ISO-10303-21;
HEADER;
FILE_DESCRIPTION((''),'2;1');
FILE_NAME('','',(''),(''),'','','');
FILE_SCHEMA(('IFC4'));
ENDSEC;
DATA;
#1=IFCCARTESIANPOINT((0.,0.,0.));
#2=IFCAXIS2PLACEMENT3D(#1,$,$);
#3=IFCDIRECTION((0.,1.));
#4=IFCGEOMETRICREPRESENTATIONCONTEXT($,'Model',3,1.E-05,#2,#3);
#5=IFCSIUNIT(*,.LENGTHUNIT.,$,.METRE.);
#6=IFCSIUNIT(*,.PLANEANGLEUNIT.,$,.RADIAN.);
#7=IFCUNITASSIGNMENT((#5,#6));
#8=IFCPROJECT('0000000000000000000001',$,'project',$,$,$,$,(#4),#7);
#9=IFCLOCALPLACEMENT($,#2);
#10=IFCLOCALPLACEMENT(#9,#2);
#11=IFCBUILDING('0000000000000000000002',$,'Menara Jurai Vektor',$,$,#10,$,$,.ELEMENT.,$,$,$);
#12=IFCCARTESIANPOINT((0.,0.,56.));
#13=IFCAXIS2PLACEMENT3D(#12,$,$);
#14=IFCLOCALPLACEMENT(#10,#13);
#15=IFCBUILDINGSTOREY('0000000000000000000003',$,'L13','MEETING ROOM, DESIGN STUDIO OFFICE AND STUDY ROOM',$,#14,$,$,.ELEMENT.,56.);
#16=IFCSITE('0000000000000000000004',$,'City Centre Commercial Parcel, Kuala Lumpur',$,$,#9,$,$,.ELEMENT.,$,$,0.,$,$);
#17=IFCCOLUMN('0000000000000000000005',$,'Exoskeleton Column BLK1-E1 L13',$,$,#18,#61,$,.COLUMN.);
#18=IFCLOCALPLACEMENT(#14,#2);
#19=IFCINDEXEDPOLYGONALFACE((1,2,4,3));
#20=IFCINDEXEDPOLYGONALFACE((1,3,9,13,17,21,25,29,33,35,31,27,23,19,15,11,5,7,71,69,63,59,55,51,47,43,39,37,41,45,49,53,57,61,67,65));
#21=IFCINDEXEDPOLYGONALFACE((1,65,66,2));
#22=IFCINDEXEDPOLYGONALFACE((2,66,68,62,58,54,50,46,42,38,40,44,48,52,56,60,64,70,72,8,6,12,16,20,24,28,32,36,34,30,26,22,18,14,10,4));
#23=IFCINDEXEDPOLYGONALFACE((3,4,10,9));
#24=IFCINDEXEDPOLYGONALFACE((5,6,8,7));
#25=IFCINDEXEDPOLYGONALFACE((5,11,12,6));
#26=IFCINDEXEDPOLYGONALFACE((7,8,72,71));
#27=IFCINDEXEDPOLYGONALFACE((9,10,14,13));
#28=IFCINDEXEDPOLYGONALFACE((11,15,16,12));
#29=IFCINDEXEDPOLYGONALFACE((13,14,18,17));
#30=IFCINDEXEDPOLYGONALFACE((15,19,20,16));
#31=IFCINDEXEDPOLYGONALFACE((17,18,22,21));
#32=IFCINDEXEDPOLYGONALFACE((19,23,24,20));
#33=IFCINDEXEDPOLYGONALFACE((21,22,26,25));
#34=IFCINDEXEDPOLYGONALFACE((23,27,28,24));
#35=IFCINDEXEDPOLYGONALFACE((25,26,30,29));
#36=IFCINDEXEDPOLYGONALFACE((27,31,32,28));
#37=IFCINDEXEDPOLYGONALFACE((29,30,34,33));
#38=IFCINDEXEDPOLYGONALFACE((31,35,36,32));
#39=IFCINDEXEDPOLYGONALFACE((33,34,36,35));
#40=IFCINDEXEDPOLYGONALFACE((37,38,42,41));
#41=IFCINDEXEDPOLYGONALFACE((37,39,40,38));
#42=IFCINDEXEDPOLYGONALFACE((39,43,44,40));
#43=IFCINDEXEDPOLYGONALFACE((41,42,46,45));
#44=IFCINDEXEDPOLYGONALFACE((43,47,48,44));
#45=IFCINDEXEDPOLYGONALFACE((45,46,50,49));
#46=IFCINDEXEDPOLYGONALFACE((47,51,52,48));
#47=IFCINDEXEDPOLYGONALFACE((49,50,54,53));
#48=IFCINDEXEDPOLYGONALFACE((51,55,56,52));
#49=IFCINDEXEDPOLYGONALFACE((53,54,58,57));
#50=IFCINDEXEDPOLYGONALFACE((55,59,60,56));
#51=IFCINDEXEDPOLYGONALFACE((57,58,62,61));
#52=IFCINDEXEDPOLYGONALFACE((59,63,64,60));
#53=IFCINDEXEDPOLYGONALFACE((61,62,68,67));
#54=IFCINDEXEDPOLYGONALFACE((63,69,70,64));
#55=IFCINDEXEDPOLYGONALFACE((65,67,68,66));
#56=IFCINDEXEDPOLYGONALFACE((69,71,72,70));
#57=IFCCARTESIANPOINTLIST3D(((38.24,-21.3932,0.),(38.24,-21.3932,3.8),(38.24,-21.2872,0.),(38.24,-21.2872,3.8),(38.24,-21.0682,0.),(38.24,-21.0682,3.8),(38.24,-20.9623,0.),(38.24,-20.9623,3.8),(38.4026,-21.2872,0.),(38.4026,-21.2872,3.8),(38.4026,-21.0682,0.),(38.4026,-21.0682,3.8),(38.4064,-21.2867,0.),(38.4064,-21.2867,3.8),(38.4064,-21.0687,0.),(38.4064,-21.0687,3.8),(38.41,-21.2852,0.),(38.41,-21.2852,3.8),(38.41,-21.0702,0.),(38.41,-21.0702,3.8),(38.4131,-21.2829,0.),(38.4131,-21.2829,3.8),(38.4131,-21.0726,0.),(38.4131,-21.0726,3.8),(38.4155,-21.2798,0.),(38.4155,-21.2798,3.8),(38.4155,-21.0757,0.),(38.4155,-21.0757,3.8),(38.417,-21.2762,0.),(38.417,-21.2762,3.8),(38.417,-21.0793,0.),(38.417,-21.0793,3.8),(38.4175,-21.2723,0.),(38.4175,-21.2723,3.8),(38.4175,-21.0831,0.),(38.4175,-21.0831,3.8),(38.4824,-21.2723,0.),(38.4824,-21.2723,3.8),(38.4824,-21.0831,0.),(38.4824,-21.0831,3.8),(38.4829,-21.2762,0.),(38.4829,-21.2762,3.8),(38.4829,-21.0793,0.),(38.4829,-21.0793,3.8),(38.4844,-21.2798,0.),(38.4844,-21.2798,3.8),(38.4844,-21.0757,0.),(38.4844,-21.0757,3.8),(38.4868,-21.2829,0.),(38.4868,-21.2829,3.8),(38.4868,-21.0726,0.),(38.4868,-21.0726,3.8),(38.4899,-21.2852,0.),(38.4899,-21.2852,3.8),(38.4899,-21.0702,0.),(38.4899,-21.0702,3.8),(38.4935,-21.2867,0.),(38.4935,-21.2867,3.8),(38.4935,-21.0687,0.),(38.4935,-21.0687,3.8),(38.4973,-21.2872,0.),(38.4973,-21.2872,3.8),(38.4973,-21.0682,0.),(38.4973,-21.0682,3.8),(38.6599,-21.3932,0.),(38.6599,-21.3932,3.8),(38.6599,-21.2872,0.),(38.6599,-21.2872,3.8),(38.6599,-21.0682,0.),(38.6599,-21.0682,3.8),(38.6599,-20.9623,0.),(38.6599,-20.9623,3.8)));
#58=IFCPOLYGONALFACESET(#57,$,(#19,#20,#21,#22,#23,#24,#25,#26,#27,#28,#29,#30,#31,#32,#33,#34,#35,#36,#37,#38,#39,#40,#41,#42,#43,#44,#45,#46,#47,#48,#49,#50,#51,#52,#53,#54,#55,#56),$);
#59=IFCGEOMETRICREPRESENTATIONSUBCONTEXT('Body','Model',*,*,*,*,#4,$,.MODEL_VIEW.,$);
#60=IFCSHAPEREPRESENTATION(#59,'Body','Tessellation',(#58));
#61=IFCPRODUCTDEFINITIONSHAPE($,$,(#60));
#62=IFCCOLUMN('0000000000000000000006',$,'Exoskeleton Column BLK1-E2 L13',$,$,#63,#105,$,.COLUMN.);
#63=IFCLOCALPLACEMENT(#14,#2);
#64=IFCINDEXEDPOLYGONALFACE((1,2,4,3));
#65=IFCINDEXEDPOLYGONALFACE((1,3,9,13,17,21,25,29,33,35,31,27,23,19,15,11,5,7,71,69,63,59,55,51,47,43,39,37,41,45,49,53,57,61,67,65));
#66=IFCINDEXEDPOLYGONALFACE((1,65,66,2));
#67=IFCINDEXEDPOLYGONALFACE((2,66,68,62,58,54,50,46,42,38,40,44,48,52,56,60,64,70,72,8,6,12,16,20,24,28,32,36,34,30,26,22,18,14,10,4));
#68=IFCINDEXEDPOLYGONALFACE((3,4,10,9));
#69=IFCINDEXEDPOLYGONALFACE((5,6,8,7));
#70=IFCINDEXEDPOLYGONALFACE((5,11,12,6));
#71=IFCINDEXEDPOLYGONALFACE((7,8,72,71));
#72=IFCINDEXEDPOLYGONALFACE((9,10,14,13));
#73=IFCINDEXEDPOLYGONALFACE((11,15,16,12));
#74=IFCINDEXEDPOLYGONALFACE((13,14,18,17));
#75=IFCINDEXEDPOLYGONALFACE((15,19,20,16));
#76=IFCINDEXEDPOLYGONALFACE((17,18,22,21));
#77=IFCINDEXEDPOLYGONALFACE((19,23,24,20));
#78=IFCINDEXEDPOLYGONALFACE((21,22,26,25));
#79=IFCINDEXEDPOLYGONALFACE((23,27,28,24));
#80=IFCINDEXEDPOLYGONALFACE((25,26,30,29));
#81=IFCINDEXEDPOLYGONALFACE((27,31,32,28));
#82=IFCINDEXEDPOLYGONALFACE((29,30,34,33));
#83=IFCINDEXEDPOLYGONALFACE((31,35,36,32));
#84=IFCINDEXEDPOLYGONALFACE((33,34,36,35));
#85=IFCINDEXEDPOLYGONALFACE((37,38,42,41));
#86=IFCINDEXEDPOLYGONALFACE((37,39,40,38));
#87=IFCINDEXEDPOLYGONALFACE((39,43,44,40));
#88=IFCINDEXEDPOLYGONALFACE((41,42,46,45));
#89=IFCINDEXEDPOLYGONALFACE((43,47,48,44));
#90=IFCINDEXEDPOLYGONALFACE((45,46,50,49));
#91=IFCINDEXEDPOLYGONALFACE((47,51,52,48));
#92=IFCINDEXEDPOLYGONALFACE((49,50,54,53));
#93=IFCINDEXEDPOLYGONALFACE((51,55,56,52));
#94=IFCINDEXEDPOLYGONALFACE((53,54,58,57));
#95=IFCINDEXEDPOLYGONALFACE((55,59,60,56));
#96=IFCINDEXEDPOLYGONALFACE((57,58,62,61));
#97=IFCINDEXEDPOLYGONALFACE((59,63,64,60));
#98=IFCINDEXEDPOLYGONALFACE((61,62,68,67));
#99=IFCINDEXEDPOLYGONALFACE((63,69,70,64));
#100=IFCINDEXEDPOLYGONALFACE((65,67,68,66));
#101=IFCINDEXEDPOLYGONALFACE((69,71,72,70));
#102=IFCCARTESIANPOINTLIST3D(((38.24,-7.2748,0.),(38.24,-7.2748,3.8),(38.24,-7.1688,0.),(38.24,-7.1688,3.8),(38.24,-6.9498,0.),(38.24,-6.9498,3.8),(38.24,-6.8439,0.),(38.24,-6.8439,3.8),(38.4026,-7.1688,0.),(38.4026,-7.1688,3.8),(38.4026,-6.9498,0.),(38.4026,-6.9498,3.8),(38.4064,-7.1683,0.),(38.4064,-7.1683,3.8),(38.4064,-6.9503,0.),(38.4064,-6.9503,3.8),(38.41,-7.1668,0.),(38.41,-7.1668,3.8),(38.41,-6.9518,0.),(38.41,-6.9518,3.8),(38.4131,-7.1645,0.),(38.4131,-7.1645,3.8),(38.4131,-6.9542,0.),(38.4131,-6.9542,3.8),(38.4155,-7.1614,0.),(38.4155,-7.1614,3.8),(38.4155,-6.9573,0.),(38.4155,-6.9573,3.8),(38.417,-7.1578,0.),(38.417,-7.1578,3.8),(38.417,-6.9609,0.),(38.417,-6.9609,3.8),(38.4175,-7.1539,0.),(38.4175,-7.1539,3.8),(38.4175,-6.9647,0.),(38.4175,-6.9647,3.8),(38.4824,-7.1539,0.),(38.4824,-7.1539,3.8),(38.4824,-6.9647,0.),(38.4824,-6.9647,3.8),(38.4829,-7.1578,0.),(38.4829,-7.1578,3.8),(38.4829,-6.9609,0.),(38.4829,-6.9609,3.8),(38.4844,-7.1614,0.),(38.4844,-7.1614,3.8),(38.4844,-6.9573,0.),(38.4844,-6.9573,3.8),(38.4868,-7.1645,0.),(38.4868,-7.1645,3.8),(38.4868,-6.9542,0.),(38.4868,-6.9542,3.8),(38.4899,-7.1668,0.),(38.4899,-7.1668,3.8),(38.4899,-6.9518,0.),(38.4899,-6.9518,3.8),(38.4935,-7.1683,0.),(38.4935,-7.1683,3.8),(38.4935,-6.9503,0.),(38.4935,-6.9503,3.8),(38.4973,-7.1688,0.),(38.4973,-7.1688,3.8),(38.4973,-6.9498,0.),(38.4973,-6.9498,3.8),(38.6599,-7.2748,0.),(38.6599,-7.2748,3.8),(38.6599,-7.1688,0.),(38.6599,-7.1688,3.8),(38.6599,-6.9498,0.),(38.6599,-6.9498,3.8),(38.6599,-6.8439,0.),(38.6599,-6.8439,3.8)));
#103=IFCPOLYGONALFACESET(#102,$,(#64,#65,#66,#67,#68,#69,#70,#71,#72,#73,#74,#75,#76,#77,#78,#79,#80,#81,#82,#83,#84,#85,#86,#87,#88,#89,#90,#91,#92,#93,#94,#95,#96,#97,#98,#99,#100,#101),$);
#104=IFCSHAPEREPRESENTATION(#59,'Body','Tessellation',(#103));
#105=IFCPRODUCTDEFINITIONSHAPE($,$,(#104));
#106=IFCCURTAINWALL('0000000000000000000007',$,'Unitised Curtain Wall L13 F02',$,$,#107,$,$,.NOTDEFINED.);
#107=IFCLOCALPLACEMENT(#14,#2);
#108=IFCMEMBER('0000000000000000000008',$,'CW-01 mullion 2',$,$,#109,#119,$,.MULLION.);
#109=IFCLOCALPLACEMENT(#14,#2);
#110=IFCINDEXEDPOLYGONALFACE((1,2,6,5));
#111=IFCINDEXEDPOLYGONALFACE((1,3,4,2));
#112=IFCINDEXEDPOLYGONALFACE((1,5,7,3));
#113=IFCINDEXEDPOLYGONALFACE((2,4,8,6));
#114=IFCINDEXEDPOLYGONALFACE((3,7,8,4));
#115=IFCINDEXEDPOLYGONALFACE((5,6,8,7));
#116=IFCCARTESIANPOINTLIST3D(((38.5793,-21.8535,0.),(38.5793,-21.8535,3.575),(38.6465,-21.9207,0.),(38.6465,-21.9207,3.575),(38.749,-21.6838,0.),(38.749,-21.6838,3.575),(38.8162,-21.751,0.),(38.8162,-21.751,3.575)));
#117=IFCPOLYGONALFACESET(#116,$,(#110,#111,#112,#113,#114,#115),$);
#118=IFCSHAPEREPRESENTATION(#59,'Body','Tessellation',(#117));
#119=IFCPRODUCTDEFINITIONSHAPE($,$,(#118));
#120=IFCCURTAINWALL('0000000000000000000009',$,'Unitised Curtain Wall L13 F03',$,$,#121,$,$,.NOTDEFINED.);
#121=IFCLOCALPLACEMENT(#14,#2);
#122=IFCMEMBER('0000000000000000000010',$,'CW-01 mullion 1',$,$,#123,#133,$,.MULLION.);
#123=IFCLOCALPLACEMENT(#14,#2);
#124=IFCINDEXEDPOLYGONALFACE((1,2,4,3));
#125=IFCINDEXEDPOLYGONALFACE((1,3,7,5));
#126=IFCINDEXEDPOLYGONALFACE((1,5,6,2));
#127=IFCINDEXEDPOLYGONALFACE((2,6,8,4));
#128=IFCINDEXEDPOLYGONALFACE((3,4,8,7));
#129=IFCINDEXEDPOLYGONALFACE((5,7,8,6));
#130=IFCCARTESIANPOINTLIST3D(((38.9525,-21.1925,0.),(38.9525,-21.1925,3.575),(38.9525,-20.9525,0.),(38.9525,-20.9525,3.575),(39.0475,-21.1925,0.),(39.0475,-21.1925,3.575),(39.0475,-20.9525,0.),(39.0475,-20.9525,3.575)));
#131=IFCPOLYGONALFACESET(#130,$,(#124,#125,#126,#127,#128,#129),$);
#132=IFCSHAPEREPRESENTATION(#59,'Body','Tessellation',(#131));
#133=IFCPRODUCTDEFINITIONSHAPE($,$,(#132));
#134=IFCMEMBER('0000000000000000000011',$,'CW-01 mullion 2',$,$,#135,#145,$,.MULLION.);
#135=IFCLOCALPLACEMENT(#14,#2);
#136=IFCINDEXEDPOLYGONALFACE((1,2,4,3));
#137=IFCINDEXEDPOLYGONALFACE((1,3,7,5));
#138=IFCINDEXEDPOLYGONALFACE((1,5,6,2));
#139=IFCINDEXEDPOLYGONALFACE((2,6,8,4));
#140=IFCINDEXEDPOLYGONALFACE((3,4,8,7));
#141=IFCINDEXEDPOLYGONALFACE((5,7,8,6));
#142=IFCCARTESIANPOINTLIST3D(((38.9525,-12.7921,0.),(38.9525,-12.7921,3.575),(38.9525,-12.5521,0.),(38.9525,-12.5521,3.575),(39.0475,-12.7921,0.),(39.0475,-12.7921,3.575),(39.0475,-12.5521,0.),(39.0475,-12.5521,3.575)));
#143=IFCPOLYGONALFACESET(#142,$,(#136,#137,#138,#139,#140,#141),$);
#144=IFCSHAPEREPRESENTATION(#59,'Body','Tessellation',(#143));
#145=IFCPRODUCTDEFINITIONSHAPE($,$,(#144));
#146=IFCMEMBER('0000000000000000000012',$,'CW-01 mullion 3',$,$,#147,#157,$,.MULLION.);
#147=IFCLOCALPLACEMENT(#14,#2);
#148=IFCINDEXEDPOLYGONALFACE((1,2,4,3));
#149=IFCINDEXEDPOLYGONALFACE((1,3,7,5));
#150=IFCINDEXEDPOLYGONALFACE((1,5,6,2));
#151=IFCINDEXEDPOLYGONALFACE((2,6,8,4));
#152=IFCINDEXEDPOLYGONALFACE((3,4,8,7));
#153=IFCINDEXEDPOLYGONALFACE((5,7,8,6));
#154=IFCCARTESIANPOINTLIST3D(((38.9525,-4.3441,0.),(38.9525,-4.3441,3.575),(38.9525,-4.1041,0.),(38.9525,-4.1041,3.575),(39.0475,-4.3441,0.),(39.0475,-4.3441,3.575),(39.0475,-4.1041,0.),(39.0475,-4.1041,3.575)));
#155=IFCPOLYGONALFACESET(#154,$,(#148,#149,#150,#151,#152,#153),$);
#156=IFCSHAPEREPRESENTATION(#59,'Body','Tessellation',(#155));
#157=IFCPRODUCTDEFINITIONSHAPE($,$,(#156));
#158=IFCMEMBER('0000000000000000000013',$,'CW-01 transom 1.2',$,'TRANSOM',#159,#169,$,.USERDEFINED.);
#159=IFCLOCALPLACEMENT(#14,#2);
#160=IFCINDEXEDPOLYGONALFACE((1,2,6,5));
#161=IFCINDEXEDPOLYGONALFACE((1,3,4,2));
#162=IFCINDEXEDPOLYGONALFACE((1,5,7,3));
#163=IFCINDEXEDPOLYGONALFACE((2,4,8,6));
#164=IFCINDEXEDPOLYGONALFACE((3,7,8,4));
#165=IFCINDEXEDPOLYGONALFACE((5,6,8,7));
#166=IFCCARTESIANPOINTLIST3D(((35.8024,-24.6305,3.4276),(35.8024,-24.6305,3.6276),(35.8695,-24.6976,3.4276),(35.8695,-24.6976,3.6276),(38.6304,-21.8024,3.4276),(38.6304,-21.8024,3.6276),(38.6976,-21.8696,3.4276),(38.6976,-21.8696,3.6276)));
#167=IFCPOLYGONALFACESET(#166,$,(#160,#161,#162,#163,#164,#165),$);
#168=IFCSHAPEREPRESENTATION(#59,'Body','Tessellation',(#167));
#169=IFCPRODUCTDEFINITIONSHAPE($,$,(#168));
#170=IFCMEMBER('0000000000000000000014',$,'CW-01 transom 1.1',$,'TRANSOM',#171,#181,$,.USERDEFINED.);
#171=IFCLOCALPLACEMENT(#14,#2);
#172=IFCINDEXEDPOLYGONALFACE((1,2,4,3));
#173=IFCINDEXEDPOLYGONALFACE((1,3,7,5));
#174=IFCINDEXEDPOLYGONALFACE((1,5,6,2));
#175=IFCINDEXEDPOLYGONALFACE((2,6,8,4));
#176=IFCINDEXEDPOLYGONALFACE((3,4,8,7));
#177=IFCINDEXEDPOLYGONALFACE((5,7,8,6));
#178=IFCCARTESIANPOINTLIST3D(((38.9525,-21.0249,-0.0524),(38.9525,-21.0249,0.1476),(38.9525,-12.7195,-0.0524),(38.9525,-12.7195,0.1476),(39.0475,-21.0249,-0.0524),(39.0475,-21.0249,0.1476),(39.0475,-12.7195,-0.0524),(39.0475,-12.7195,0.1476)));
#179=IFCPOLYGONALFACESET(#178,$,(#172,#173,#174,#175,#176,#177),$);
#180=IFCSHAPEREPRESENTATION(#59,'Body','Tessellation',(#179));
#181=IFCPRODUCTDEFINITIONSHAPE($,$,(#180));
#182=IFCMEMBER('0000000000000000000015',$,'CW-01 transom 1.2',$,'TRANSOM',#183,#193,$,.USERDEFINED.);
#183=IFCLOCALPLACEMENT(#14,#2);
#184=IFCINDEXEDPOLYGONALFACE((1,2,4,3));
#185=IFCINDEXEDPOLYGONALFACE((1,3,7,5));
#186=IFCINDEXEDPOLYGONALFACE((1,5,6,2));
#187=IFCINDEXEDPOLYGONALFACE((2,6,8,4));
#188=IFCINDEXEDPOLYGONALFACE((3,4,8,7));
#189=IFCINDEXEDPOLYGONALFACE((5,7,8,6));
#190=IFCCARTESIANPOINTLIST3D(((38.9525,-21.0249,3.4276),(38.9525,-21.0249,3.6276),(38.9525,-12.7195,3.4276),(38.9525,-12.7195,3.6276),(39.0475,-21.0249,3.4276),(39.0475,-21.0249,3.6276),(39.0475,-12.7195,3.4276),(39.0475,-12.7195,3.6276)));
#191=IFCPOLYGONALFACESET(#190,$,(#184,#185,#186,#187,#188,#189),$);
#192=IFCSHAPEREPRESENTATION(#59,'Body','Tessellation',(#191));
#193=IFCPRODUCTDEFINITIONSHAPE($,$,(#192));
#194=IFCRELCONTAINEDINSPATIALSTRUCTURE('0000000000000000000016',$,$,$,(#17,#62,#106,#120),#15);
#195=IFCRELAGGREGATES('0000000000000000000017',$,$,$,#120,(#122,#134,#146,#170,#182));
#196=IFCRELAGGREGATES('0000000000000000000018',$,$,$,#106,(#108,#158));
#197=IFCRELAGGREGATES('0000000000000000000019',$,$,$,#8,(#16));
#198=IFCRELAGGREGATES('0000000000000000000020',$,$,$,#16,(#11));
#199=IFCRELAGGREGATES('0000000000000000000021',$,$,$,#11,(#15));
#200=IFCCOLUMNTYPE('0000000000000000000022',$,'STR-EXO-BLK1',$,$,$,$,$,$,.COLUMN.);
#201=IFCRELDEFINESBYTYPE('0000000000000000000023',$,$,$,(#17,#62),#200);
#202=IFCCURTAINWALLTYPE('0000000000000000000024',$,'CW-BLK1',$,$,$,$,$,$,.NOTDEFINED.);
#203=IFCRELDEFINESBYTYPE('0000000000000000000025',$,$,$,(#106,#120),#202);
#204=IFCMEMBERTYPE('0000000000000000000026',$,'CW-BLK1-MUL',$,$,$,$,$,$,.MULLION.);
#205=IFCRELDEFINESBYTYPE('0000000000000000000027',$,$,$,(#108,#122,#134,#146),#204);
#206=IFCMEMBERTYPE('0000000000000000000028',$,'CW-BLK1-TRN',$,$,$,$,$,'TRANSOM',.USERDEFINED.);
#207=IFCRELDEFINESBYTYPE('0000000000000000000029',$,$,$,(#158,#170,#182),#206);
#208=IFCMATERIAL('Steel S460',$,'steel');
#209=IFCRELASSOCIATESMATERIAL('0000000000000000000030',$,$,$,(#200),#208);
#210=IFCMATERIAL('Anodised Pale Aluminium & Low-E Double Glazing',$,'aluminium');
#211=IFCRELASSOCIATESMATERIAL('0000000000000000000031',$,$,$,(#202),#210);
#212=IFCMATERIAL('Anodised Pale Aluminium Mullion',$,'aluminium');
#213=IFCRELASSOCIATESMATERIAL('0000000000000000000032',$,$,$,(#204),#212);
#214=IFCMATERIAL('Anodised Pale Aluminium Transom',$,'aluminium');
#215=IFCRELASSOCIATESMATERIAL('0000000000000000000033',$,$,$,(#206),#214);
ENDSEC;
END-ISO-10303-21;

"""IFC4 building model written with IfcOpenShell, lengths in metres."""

from ifc_helpers import new_model, si_unit, direction, frame, origin, origin_2d, place, context, subcontext, project, spatial, rectangle, i_section, extrude, material, material_profile, profile_set, type_object, element, aggregate, save


model = new_model("IFC4")

# Units and contexts
model_context = context("Model", 3, precision=1e-05, world=origin(), true_north=direction((0.0, 1.0)))
body_context = subcontext(model_context, "Body", "Model", "MODEL_VIEW")
ifc_project = project(units=[si_unit("LENGTHUNIT", "METRE"), si_unit("PLANEANGLEUNIT", "RADIAN")], contexts=[model_context])

# Site, building, storey
site_placement = place(None, origin())
site = spatial("IfcSite", under=ifc_project, at=site_placement, Name="City Centre Commercial Parcel, Kuala Lumpur", CompositionType="ELEMENT", RefElevation=0.0)
building_placement = place(site_placement, origin())
building = spatial("IfcBuilding", under=site, at=building_placement, Name="Menara Jurai Vektor", CompositionType="ELEMENT")
storey_placement = place(building_placement, frame((0.0, 0.0, 56.0)))
storey = spatial("IfcBuildingStorey", under=building, at=storey_placement, Name="L13", Description="MEETING ROOM, DESIGN STUDIO OFFICE AND STUDY ROOM", CompositionType="ELEMENT", Elevation=56.0)

# Columns
ifc_material_1 = material(Name="Steel S460", Category="steel")
ifc_material_profile_1 = material_profile(ifc_material_1, i_section(OverallWidth=0.4199, OverallDepth=0.4309, WebThickness=0.0649, FlangeThickness=0.106, FilletRadius=0.0149, at=origin_2d()), Name="HD 400x900")
ifc_profile_set_1 = profile_set([ifc_material_profile_1], Name="Steel S460")
column_type = type_object("IfcColumnType", Name="STR-EXO-BLK1", PredefinedType="COLUMN", material=ifc_profile_set_1)
for number, where, z_axis, x_axis, name in (
    (1, (38.45, -21.1777, 0.0), (0.0, 0.0, 1.0), (1.0, 0.0, 0.0), "Exoskeleton Column BLK1-E1 L13"),
    (2, (38.45, -7.0593, 0.0), (0.0, 0.0, 1.0), (1.0, 0.0, 0.0), "Exoskeleton Column BLK1-E2 L13"),
):
    element("IfcColumn", number, at=place(storey_placement, frame(where, z_axis=z_axis, x_axis=x_axis)), inside=storey, type_object=column_type, Name=name, PredefinedType="COLUMN", context=body_context, shape_type="SweptSolid", body=[
        extrude(i_section(OverallWidth=0.4199, OverallDepth=0.4309, WebThickness=0.0649, FlangeThickness=0.106, FilletRadius=0.0149, at=origin_2d()), origin(), (0.0, 0.0, 1.0), 3.8),
    ])

# Curtain wall, member
ifc_material_2 = material(Name="Anodised Pale Aluminium & Low-E Double Glazing", Category="aluminium")
curtain_wall_type = type_object("IfcCurtainWallType", Name="CW-BLK1", PredefinedType="NOTDEFINED", material=ifc_material_2)
curtain_wall_1_placement = place(storey_placement, origin())
curtain_wall_1 = element("IfcCurtainWall", 3, at=curtain_wall_1_placement, inside=storey, type_object=curtain_wall_type, Name="Unitised Curtain Wall L13 F02", PredefinedType="NOTDEFINED")
ifc_material_3 = material(Name="Anodised Pale Aluminium Mullion", Category="aluminium")
ifc_material_profile_2 = material_profile(ifc_material_3, rectangle(XDim=0.095, YDim=0.24, at=origin_2d()), Name="ALU MUL 95x240")
ifc_profile_set_2 = profile_set([ifc_material_profile_2], Name="Anodised Pale Aluminium Mullion")
member_type_1 = type_object("IfcMemberType", Name="CW-BLK1-MUL", PredefinedType="MULLION", material=ifc_profile_set_2)
member_1_placement = place(storey_placement, frame((38.6978, -21.8022, 0.0), z_axis=(0.0, 0.0, 1.0), x_axis=(-0.707107, 0.707107, 0.0)))
member_1 = element("IfcMember", 4, at=member_1_placement, type_object=member_type_1, Name="CW-01 mullion 2", PredefinedType="MULLION", context=body_context, shape_type="SweptSolid", body=[
    extrude(rectangle(XDim=0.095, YDim=0.24, at=origin_2d()), origin(), (0.0, 0.0, 1.0), 3.575),
])

# Curtain wall, members
curtain_wall_2_placement = place(storey_placement, origin())
curtain_wall_2 = element("IfcCurtainWall", 5, at=curtain_wall_2_placement, inside=storey, type_object=curtain_wall_type, Name="Unitised Curtain Wall L13 F03", PredefinedType="NOTDEFINED")
member_2_placement = place(storey_placement, frame((39.0, -21.0725, 0.0), z_axis=(0.0, 0.0, 1.0), x_axis=(-1.0, 0.0, 0.0)))
member_2 = element("IfcMember", 6, at=member_2_placement, type_object=member_type_1, Name="CW-01 mullion 1", PredefinedType="MULLION", context=body_context, shape_type="SweptSolid", body=[
    extrude(rectangle(XDim=0.095, YDim=0.24, at=origin_2d()), origin(), (0.0, 0.0, 1.0), 3.575),
])
member_3_placement = place(storey_placement, frame((39.0, -12.6721, 0.0), z_axis=(0.0, 0.0, 1.0), x_axis=(-1.0, 0.0, 0.0)))
member_3 = element("IfcMember", 7, at=member_3_placement, type_object=member_type_1, Name="CW-01 mullion 2", PredefinedType="MULLION", context=body_context, shape_type="SweptSolid", body=[
    extrude(rectangle(XDim=0.095, YDim=0.24, at=origin_2d()), origin(), (0.0, 0.0, 1.0), 3.575),
])
member_4_placement = place(storey_placement, frame((39.0, -4.2241, 0.0), z_axis=(0.0, 0.0, 1.0), x_axis=(-1.0, 0.0, 0.0)))
member_4 = element("IfcMember", 8, at=member_4_placement, type_object=member_type_1, Name="CW-01 mullion 3", PredefinedType="MULLION", context=body_context, shape_type="SweptSolid", body=[
    extrude(rectangle(XDim=0.095, YDim=0.24, at=origin_2d()), origin(), (0.0, 0.0, 1.0), 3.575),
])

# Members
ifc_material_4 = material(Name="Anodised Pale Aluminium Transom", Category="aluminium")
ifc_material_profile_3 = material_profile(ifc_material_4, rectangle(XDim=0.095, YDim=0.2, at=origin_2d()), Name="ALU TRN 95x200")
ifc_profile_set_3 = profile_set([ifc_material_profile_3], Name="Anodised Pale Aluminium Transom")
member_type_2 = type_object("IfcMemberType", Name="CW-BLK1-TRN", ElementType="TRANSOM", PredefinedType="USERDEFINED", material=ifc_profile_set_3)
member_5_placement = place(storey_placement, frame((35.8359, -24.6641, 3.5276), z_axis=(0.707107, 0.707107, 0.0), x_axis=(-0.707107, 0.707107, 0.0)))
member_5 = element("IfcMember", 9, at=member_5_placement, type_object=member_type_2, Name="CW-01 transom 1.2", ObjectType="TRANSOM", PredefinedType="USERDEFINED", context=body_context, shape_type="SweptSolid", body=[
    extrude(rectangle(XDim=0.095, YDim=0.2, at=origin_2d()), origin(), (0.0, 0.0, 1.0), 3.9995),
])
member_6_placement = place(storey_placement, frame((39.0, -21.0249, 0.0476), z_axis=(0.0, 1.0, 0.0), x_axis=(-1.0, 0.0, 0.0)))
member_6 = element("IfcMember", 10, at=member_6_placement, type_object=member_type_2, Name="CW-01 transom 1.1", ObjectType="TRANSOM", PredefinedType="USERDEFINED", context=body_context, shape_type="SweptSolid", body=[
    extrude(rectangle(XDim=0.095, YDim=0.2, at=origin_2d()), origin(), (0.0, 0.0, 1.0), 8.3054),
])
member_7_placement = place(storey_placement, frame((39.0, -21.0249, 3.5276), z_axis=(0.0, 1.0, 0.0), x_axis=(-1.0, 0.0, 0.0)))
member_7 = element("IfcMember", 11, at=member_7_placement, type_object=member_type_2, Name="CW-01 transom 1.2", ObjectType="TRANSOM", PredefinedType="USERDEFINED", context=body_context, shape_type="SweptSolid", body=[
    extrude(rectangle(XDim=0.095, YDim=0.2, at=origin_2d()), origin(), (0.0, 0.0, 1.0), 8.3054),
])

aggregate(curtain_wall_2, [member_2, member_3, member_4, member_6, member_7])
aggregate(curtain_wall_1, [member_1, member_5])

save(model, "model.ifc")
